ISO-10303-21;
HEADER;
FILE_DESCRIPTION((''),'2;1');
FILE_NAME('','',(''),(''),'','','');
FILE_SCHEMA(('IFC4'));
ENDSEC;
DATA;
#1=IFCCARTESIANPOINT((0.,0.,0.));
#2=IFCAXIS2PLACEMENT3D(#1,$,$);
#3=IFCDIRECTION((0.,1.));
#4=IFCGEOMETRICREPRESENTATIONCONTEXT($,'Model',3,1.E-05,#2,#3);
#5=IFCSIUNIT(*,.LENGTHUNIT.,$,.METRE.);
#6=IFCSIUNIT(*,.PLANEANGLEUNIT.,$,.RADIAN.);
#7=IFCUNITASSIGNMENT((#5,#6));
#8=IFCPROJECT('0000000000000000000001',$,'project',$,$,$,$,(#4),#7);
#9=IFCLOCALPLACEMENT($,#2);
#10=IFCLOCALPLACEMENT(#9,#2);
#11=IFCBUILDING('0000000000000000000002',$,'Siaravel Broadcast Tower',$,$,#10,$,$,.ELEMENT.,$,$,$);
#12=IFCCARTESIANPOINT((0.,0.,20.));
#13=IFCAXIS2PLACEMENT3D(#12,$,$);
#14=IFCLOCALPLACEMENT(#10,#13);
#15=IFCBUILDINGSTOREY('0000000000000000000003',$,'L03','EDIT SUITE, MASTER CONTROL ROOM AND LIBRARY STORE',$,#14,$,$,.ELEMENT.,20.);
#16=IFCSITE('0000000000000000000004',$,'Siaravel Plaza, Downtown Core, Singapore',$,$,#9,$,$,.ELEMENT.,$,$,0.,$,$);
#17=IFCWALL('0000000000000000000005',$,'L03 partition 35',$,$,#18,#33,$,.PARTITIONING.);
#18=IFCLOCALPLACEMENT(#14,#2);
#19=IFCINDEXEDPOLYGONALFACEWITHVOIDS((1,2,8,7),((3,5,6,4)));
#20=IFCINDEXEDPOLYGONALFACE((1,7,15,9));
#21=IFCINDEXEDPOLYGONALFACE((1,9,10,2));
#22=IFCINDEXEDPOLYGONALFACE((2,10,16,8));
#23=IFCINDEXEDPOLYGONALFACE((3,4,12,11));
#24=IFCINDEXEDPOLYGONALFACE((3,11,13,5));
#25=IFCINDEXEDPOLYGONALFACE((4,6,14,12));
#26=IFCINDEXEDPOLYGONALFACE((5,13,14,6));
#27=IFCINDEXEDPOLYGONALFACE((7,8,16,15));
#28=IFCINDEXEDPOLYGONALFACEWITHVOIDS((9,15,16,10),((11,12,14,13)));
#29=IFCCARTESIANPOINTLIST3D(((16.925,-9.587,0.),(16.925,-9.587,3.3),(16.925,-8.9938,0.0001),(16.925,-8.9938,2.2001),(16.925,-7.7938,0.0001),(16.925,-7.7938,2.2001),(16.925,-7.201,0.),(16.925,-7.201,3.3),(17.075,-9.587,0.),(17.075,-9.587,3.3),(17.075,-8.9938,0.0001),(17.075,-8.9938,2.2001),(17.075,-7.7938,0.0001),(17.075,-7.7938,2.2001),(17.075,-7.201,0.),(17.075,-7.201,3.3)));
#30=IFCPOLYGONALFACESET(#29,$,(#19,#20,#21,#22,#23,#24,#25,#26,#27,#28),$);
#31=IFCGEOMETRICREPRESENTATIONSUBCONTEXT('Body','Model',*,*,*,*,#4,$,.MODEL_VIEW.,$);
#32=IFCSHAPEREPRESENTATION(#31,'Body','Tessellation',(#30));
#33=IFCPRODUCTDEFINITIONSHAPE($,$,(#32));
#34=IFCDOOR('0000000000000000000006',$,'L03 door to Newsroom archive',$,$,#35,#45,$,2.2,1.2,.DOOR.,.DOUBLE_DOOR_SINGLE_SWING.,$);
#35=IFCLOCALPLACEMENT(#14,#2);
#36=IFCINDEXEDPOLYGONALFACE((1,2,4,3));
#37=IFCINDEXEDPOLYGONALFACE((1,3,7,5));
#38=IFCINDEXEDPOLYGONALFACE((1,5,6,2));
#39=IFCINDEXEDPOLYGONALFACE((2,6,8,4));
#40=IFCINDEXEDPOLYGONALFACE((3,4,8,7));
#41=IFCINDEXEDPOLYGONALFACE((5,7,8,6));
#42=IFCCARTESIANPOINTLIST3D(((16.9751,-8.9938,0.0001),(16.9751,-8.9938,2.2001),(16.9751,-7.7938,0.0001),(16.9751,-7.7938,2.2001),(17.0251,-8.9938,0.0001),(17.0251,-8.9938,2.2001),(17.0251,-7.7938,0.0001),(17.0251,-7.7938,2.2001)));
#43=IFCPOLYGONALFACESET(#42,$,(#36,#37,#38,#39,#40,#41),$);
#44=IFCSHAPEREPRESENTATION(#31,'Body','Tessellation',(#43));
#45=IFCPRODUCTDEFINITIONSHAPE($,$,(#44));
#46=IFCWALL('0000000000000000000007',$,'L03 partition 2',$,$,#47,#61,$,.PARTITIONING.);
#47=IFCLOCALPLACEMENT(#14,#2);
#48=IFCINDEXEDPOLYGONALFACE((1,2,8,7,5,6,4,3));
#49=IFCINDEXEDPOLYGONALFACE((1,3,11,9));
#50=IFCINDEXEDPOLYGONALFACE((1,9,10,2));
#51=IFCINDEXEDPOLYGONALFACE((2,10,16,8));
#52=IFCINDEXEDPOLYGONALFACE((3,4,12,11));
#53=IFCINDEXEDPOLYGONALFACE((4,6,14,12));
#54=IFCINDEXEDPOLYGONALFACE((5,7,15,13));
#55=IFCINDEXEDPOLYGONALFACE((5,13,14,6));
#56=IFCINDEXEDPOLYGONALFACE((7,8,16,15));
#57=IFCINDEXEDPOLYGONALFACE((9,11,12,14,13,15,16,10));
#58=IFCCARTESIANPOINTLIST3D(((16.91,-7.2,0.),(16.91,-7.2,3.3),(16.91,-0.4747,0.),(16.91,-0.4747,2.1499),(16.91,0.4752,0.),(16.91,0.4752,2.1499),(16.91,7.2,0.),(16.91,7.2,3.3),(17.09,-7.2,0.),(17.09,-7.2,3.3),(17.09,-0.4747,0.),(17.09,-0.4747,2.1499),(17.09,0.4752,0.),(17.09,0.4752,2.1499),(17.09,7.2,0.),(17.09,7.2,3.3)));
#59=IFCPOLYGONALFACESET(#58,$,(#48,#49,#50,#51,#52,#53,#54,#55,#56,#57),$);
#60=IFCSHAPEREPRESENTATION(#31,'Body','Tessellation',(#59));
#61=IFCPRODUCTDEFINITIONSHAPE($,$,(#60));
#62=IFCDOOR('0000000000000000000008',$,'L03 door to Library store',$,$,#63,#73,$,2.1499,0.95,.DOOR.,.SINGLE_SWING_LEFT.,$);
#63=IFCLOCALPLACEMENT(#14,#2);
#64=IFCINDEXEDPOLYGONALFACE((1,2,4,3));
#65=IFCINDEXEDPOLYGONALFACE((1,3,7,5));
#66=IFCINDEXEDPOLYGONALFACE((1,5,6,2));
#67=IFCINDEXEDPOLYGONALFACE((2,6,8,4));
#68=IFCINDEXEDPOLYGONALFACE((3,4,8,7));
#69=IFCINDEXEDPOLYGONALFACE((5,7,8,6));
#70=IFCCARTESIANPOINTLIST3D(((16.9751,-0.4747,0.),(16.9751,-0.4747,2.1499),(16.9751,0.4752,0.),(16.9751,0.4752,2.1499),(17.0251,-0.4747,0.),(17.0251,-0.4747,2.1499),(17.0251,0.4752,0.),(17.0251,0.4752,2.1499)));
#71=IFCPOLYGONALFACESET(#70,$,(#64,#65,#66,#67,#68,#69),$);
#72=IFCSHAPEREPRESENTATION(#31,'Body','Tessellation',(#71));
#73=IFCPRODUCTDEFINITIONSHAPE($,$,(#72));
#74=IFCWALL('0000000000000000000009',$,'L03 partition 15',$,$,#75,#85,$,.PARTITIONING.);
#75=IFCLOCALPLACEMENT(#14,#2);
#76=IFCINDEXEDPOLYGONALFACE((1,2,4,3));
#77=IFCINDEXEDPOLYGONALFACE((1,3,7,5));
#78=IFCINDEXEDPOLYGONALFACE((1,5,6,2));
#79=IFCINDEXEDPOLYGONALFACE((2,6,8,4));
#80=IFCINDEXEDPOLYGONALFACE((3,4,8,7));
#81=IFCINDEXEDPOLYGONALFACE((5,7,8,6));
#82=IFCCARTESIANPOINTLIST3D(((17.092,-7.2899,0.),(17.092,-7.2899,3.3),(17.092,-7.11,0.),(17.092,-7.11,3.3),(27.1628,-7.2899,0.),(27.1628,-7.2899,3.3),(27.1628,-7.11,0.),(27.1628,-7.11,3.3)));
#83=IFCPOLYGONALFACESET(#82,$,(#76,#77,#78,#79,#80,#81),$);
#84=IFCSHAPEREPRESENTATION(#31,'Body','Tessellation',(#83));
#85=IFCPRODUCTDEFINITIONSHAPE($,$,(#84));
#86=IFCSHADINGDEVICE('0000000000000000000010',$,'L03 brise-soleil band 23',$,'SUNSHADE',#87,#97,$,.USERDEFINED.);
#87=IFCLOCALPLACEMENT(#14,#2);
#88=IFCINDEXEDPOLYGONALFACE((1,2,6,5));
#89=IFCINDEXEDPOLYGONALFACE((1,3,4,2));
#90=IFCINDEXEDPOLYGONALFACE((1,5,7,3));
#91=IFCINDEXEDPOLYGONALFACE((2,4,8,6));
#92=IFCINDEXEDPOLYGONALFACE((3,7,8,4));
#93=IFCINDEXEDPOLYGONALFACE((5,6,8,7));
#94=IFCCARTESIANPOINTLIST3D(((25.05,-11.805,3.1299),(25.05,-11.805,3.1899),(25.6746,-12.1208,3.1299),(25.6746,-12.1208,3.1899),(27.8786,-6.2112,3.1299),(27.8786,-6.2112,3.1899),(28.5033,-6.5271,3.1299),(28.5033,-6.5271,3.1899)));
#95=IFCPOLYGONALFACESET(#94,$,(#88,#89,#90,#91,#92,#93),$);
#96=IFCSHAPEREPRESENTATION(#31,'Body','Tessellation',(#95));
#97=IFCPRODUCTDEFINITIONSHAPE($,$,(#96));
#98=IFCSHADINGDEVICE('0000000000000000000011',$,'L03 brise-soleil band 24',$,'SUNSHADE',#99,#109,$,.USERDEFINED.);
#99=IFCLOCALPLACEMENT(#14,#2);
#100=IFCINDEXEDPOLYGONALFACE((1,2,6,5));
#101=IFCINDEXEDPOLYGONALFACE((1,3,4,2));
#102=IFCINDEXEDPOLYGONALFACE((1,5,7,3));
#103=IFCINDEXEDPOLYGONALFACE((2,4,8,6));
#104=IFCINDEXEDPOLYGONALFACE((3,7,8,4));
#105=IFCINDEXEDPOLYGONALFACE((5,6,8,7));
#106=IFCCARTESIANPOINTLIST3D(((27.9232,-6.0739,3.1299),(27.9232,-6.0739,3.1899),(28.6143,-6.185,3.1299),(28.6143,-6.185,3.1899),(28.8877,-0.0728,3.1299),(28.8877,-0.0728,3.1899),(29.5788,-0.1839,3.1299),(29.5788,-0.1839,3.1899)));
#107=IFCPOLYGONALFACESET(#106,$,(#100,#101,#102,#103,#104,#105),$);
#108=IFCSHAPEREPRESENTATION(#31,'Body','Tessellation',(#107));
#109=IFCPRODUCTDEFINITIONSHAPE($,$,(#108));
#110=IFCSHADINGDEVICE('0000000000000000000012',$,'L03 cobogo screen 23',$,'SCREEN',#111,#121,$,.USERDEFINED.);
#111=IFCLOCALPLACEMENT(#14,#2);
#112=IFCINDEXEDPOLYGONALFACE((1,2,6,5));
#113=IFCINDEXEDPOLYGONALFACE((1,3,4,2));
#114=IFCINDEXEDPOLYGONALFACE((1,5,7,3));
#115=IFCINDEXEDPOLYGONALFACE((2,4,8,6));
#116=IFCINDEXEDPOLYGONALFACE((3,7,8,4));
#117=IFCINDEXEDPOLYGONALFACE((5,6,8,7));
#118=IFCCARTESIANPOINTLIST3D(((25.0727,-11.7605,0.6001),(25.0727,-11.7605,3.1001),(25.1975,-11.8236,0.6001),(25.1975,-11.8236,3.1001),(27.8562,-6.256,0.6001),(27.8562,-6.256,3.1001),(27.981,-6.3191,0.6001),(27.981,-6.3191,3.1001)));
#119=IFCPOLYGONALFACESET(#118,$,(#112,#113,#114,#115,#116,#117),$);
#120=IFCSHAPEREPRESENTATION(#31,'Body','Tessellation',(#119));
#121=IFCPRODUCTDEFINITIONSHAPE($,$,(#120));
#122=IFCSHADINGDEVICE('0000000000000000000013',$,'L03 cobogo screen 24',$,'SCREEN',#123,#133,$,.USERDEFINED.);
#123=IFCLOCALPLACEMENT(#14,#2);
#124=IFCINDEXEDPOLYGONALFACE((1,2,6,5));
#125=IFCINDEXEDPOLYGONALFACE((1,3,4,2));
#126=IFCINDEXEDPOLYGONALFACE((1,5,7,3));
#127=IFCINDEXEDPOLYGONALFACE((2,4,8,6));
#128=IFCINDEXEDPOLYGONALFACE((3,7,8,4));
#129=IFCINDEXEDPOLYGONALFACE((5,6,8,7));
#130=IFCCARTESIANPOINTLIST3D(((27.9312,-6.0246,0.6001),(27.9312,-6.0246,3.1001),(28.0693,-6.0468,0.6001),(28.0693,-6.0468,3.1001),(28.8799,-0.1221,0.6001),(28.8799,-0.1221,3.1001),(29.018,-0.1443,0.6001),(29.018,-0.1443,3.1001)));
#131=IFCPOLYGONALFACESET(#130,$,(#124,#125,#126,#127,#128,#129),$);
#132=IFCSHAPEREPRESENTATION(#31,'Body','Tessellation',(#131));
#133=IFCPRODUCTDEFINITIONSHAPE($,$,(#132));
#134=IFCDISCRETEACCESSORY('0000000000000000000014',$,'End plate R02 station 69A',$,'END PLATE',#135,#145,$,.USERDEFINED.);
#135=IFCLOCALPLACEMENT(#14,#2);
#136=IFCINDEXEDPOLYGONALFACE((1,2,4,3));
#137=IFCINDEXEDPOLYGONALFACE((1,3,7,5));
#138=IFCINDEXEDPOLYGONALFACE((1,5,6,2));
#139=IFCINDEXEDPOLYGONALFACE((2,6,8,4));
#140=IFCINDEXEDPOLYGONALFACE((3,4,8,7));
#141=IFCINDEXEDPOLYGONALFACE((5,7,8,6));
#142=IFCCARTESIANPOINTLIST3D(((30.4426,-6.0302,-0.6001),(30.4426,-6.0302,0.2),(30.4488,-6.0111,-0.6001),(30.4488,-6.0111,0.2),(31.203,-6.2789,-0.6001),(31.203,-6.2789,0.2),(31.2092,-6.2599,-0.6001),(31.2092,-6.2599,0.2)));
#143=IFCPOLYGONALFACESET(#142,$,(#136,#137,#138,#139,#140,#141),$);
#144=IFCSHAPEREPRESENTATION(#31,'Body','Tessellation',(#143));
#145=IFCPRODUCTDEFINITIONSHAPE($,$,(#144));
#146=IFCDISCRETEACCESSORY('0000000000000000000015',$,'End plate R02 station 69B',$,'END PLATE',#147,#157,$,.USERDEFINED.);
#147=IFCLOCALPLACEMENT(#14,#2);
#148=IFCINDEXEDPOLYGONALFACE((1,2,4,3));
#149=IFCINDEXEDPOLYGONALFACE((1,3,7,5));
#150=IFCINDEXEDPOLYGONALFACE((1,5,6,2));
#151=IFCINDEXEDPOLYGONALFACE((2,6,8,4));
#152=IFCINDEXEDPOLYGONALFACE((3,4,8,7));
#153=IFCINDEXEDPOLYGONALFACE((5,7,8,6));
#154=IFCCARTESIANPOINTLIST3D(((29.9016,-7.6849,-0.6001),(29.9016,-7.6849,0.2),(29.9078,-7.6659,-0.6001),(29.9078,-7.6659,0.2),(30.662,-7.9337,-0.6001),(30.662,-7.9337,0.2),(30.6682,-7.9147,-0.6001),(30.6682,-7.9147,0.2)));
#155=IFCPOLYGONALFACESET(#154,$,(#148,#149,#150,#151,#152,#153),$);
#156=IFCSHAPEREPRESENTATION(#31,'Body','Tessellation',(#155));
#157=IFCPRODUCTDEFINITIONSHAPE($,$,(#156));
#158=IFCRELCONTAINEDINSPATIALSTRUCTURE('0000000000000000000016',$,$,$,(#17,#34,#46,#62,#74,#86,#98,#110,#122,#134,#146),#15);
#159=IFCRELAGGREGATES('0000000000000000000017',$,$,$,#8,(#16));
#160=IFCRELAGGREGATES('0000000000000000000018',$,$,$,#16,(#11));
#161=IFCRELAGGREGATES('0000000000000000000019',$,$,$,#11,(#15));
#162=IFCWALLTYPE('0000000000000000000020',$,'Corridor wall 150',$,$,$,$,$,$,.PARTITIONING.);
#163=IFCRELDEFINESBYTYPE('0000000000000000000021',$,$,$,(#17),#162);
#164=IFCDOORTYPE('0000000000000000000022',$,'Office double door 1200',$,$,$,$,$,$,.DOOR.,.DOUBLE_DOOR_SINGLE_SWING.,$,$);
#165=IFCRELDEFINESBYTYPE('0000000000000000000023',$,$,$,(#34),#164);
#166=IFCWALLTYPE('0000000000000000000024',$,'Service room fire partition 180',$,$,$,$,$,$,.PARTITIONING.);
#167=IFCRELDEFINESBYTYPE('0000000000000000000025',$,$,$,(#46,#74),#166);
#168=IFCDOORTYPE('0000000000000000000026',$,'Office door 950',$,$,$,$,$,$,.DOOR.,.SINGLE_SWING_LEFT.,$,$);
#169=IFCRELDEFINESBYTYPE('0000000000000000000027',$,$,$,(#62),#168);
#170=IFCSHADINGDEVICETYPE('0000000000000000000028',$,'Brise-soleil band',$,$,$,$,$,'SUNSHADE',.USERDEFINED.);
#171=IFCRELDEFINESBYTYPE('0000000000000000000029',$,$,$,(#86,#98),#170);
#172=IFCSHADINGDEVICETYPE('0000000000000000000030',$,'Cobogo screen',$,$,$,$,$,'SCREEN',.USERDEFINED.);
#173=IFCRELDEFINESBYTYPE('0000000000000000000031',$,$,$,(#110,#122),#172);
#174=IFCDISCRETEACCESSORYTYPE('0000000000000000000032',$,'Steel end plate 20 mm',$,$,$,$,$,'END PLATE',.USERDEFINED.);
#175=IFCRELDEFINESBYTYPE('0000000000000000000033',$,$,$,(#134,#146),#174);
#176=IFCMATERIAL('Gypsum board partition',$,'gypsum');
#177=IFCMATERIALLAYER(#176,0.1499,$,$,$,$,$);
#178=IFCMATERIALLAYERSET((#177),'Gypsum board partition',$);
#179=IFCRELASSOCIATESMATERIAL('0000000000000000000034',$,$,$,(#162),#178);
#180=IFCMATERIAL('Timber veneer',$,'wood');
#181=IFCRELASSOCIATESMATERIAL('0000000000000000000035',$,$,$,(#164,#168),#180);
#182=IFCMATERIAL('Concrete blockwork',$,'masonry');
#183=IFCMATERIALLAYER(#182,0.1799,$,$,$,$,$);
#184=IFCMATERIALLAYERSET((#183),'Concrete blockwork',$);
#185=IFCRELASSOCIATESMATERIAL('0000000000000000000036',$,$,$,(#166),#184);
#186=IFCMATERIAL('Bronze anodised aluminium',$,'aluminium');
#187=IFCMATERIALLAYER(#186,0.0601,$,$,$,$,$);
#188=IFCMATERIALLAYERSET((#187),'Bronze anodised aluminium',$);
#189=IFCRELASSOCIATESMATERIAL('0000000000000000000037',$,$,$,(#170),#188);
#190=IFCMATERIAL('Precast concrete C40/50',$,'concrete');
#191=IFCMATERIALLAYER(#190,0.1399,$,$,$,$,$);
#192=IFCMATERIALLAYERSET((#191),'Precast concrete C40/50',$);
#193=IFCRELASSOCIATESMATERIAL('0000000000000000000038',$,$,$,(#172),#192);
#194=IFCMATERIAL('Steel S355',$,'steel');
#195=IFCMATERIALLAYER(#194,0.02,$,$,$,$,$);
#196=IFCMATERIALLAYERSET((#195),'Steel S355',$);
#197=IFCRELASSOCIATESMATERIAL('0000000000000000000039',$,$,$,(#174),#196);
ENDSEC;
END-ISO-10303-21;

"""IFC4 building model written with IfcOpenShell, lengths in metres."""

from ifc_helpers import new_model, si_unit, direction, frame, frame_2d, origin, origin_2d, place, context, subcontext, project, spatial, rectangle, extrude, material, layer, layer_set, type_object, element, fill, save


model = new_model("IFC4")

# Units and contexts
model_context = context("Model", 3, precision=1e-05, world=origin(), true_north=direction((0.0, 1.0)))
body_context = subcontext(model_context, "Body", "Model", "MODEL_VIEW")
ifc_project = project(units=[si_unit("LENGTHUNIT", "METRE"), si_unit("PLANEANGLEUNIT", "RADIAN")], contexts=[model_context])

# Site, building, storey
site_placement = place(None, origin())
site = spatial("IfcSite", under=ifc_project, at=site_placement, Name="Siaravel Plaza, Downtown Core, Singapore", CompositionType="ELEMENT", RefElevation=0.0)
building_placement = place(site_placement, origin())
building = spatial("IfcBuilding", under=site, at=building_placement, Name="Siaravel Broadcast Tower", CompositionType="ELEMENT")
storey_placement = place(building_placement, frame((0.0, 0.0, 20.0)))
storey = spatial("IfcBuildingStorey", under=building, at=storey_placement, Name="L03", Description="EDIT SUITE, MASTER CONTROL ROOM AND LIBRARY STORE", CompositionType="ELEMENT", Elevation=20.0)

# Shared definitions
ifc_material_1 = material(Name="Steel S355", Category="steel")

# Walls, openings, doors
ifc_material_2 = material(Name="Gypsum board partition", Category="gypsum")
ifc_layer_1 = layer(ifc_material_2, 0.1499)
ifc_layer_set_1 = layer_set([ifc_layer_1], Name="Gypsum board partition")
wall_type_1 = type_object("IfcWallType", Name="Corridor wall 150", PredefinedType="PARTITIONING", material=ifc_layer_set_1)
wall_1_placement = place(storey_placement, frame((17.0, -9.5869, 0.0), z_axis=(0.0, 0.0, 1.0), x_axis=(0.0, 1.0, 0.0)))
wall_1 = element("IfcWall", 1, at=wall_1_placement, inside=storey, type_object=wall_type_1, Name="L03 partition 35", PredefinedType="PARTITIONING", context=body_context, shape_type="SweptSolid", body=[
    extrude(rectangle(XDim=2.386, YDim=0.1499, at=frame_2d((1.1929, 0.0))), origin(), (0.0, 0.0, 1.0), 3.3),
])
opening_1_placement = place(wall_1_placement, frame((0.593, 0.0, 0.0)))
opening_1 = element("IfcOpeningElement", 2, at=opening_1_placement, cuts=wall_1, PredefinedType="OPENING", context=body_context, shape_type="SweptSolid", body=[
    extrude(rectangle(XDim=1.2, YDim=2.2, at=frame_2d((0.6001, 1.1001))), frame((0.0, 0.085, 0.0), z_axis=(0.0, -1.0, 0.0), x_axis=(1.0, 0.0, 0.0)), (0.0, 0.0, 1.0), 0.1699),
])
ifc_material_3 = material(Name="Timber veneer", Category="wood")
door_type_1 = type_object("IfcDoorType", Name="Office double door 1200", OperationType="DOUBLE_DOOR_SINGLE_SWING", PredefinedType="DOOR", material=ifc_material_3)
door_1_placement = place(opening_1_placement, origin())
door_1 = element("IfcDoor", 3, at=door_1_placement, inside=storey, type_object=door_type_1, Name="L03 door to Newsroom archive", OperationType="DOUBLE_DOOR_SINGLE_SWING", OverallHeight=2.2, OverallWidth=1.2, PredefinedType="DOOR", context=body_context, shape_type="SweptSolid", body=[
    extrude(rectangle(XDim=1.2, YDim=2.2, at=frame_2d((0.6001, 1.1001))), frame((0.0, 0.0249, 0.0), z_axis=(0.0, -1.0, 0.0), x_axis=(1.0, 0.0, 0.0)), (0.0, 0.0, 1.0), 0.05),
])
fill(opening_1, door_1)
ifc_material_4 = material(Name="Concrete blockwork", Category="masonry")
ifc_layer_2 = layer(ifc_material_4, 0.1799)
ifc_layer_set_2 = layer_set([ifc_layer_2], Name="Concrete blockwork")
wall_type_2 = type_object("IfcWallType", Name="Service room fire partition 180", PredefinedType="PARTITIONING", material=ifc_layer_set_2)
wall_2_placement = place(storey_placement, frame((17.0, -7.2, 0.0), z_axis=(0.0, 0.0, 1.0), x_axis=(0.0, 1.0, 0.0)))
wall_2 = element("IfcWall", 4, at=wall_2_placement, inside=storey, type_object=wall_type_2, Name="L03 partition 2", PredefinedType="PARTITIONING", context=body_context, shape_type="SweptSolid", body=[
    extrude(rectangle(XDim=14.3999, YDim=0.1799, at=frame_2d((7.2, 0.0))), origin(), (0.0, 0.0, 1.0), 3.3),
])
opening_2_placement = place(wall_2_placement, frame((6.7251, 0.0, 0.0)))
opening_2 = element("IfcOpeningElement", 5, at=opening_2_placement, cuts=wall_2, PredefinedType="OPENING", context=body_context, shape_type="SweptSolid", body=[
    extrude(rectangle(XDim=0.95, YDim=2.1499, at=frame_2d((0.4751, 1.075))), frame((0.0, 0.0999, 0.0), z_axis=(0.0, -1.0, 0.0), x_axis=(1.0, 0.0, 0.0)), (0.0, 0.0, 1.0), 0.2),
])
door_type_2 = type_object("IfcDoorType", Name="Office door 950", OperationType="SINGLE_SWING_LEFT", PredefinedType="DOOR", material=ifc_material_3)
door_2_placement = place(opening_2_placement, origin())
door_2 = element("IfcDoor", 6, at=door_2_placement, inside=storey, type_object=door_type_2, Name="L03 door to Library store", OperationType="SINGLE_SWING_LEFT", OverallHeight=2.1499, OverallWidth=0.95, PredefinedType="DOOR", context=body_context, shape_type="SweptSolid", body=[
    extrude(rectangle(XDim=0.95, YDim=2.1499, at=frame_2d((0.4751, 1.075))), frame((0.0, 0.0249, 0.0), z_axis=(0.0, -1.0, 0.0), x_axis=(1.0, 0.0, 0.0)), (0.0, 0.0, 1.0), 0.05),
])
fill(opening_2, door_2)

# Wall
wall_3_placement = place(storey_placement, frame((27.1628, -7.2, 0.0), z_axis=(0.0, 0.0, 1.0), x_axis=(-1.0, 0.0, 0.0)))
element("IfcWall", 7, at=wall_3_placement, inside=storey, type_object=wall_type_2, Name="L03 partition 15", PredefinedType="PARTITIONING", context=body_context, shape_type="SweptSolid", body=[
    extrude(rectangle(XDim=10.0708, YDim=0.1799, at=frame_2d((5.0354, 0.0))), origin(), (0.0, 0.0, 1.0), 3.3),
])

# Shading devices
ifc_material_5 = material(Name="Bronze anodised aluminium", Category="aluminium")
ifc_layer_3 = layer(ifc_material_5, 0.0601)
ifc_layer_set_3 = layer_set([ifc_layer_3], Name="Bronze anodised aluminium")
shading_device_type_1 = type_object("IfcShadingDeviceType", Name="Brise-soleil band", ElementType="SUNSHADE", PredefinedType="USERDEFINED", material=ifc_layer_set_3)
shading_device_1_placement = place(storey_placement, frame((26.7766, -9.166, 3.1299), z_axis=(0.0, 0.0, 1.0), x_axis=(0.451262, 0.892391, 0.0)))
element("IfcShadingDevice", 8, at=shading_device_1_placement, inside=storey, type_object=shading_device_type_1, Name="L03 brise-soleil band 23", ObjectType="SUNSHADE", PredefinedType="USERDEFINED", context=body_context, shape_type="SweptSolid", body=[
    extrude(rectangle(XDim=6.2683, YDim=0.7, at=origin_2d()), origin(), (0.0, 0.0, 1.0), 0.0601),
])
shading_device_2_placement = place(storey_placement, frame((28.751, -3.1289, 3.1299), z_axis=(0.0, 0.0, 1.0), x_axis=(0.158685, 0.987329, 0.0)))
element("IfcShadingDevice", 9, at=shading_device_2_placement, inside=storey, type_object=shading_device_type_1, Name="L03 brise-soleil band 24", ObjectType="SUNSHADE", PredefinedType="USERDEFINED", context=body_context, shape_type="SweptSolid", body=[
    extrude(rectangle(XDim=6.0781, YDim=0.7, at=origin_2d()), origin(), (0.0, 0.0, 1.0), 0.0601),
])
ifc_material_6 = material(Name="Precast concrete C40/50", Category="concrete")
ifc_layer_4 = layer(ifc_material_6, 0.1399)
ifc_layer_set_4 = layer_set([ifc_layer_4], Name="Precast concrete C40/50")
shading_device_type_2 = type_object("IfcShadingDeviceType", Name="Cobogo screen", ElementType="SCREEN", PredefinedType="USERDEFINED", material=ifc_layer_set_4)
shading_device_3_placement = place(storey_placement, frame((26.5269, -9.0398, 0.6001), z_axis=(0.0, 0.0, 1.0), x_axis=(0.451262, 0.892391, 0.0)))
element("IfcShadingDevice", 10, at=shading_device_3_placement, inside=storey, type_object=shading_device_type_2, Name="L03 cobogo screen 23", ObjectType="SCREEN", PredefinedType="USERDEFINED", context=body_context, shape_type="SweptSolid", body=[
    extrude(rectangle(XDim=6.1682, YDim=0.1399, at=origin_2d()), origin(), (0.0, 0.0, 1.0), 2.5),
])
shading_device_4_placement = place(storey_placement, frame((28.4746, -3.0845, 0.6001), z_axis=(0.0, 0.0, 1.0), x_axis=(0.158685, 0.987329, 0.0)))
element("IfcShadingDevice", 11, at=shading_device_4_placement, inside=storey, type_object=shading_device_type_2, Name="L03 cobogo screen 24", ObjectType="SCREEN", PredefinedType="USERDEFINED", context=body_context, shape_type="SweptSolid", body=[
    extrude(rectangle(XDim=5.9783, YDim=0.1399, at=origin_2d()), origin(), (0.0, 0.0, 1.0), 2.5),
])

# Discrete accessories
ifc_layer_5 = layer(ifc_material_1, 0.02)
ifc_layer_set_5 = layer_set([ifc_layer_5], Name="Steel S355")
discrete_accessory_type = type_object("IfcDiscreteAccessoryType", Name="Steel end plate 20 mm", ElementType="END PLATE", PredefinedType="USERDEFINED", material=ifc_layer_set_5)
for number, where, z_axis, x_axis, name in (
    (12, (30.8259, -6.145, -0.6001), (0.0, 0.0, 1.0), (0.310909, 0.95044, 0.0), "End plate R02 station 69A"),
    (13, (30.2849, -7.7998, -0.6001), (0.0, 0.0, 1.0), (0.310909, 0.95044, 0.0), "End plate R02 station 69B"),
):
    element("IfcDiscreteAccessory", number, at=place(storey_placement, frame(where, z_axis=z_axis, x_axis=x_axis)), inside=storey, type_object=discrete_accessory_type, Name=name, ObjectType="END PLATE", PredefinedType="USERDEFINED", context=body_context, shape_type="SweptSolid", body=[
        extrude(rectangle(XDim=0.02, YDim=0.8, at=origin_2d()), origin(), (0.0, 0.0, 1.0), 0.8),
    ])

save(model, "model.ifc")
